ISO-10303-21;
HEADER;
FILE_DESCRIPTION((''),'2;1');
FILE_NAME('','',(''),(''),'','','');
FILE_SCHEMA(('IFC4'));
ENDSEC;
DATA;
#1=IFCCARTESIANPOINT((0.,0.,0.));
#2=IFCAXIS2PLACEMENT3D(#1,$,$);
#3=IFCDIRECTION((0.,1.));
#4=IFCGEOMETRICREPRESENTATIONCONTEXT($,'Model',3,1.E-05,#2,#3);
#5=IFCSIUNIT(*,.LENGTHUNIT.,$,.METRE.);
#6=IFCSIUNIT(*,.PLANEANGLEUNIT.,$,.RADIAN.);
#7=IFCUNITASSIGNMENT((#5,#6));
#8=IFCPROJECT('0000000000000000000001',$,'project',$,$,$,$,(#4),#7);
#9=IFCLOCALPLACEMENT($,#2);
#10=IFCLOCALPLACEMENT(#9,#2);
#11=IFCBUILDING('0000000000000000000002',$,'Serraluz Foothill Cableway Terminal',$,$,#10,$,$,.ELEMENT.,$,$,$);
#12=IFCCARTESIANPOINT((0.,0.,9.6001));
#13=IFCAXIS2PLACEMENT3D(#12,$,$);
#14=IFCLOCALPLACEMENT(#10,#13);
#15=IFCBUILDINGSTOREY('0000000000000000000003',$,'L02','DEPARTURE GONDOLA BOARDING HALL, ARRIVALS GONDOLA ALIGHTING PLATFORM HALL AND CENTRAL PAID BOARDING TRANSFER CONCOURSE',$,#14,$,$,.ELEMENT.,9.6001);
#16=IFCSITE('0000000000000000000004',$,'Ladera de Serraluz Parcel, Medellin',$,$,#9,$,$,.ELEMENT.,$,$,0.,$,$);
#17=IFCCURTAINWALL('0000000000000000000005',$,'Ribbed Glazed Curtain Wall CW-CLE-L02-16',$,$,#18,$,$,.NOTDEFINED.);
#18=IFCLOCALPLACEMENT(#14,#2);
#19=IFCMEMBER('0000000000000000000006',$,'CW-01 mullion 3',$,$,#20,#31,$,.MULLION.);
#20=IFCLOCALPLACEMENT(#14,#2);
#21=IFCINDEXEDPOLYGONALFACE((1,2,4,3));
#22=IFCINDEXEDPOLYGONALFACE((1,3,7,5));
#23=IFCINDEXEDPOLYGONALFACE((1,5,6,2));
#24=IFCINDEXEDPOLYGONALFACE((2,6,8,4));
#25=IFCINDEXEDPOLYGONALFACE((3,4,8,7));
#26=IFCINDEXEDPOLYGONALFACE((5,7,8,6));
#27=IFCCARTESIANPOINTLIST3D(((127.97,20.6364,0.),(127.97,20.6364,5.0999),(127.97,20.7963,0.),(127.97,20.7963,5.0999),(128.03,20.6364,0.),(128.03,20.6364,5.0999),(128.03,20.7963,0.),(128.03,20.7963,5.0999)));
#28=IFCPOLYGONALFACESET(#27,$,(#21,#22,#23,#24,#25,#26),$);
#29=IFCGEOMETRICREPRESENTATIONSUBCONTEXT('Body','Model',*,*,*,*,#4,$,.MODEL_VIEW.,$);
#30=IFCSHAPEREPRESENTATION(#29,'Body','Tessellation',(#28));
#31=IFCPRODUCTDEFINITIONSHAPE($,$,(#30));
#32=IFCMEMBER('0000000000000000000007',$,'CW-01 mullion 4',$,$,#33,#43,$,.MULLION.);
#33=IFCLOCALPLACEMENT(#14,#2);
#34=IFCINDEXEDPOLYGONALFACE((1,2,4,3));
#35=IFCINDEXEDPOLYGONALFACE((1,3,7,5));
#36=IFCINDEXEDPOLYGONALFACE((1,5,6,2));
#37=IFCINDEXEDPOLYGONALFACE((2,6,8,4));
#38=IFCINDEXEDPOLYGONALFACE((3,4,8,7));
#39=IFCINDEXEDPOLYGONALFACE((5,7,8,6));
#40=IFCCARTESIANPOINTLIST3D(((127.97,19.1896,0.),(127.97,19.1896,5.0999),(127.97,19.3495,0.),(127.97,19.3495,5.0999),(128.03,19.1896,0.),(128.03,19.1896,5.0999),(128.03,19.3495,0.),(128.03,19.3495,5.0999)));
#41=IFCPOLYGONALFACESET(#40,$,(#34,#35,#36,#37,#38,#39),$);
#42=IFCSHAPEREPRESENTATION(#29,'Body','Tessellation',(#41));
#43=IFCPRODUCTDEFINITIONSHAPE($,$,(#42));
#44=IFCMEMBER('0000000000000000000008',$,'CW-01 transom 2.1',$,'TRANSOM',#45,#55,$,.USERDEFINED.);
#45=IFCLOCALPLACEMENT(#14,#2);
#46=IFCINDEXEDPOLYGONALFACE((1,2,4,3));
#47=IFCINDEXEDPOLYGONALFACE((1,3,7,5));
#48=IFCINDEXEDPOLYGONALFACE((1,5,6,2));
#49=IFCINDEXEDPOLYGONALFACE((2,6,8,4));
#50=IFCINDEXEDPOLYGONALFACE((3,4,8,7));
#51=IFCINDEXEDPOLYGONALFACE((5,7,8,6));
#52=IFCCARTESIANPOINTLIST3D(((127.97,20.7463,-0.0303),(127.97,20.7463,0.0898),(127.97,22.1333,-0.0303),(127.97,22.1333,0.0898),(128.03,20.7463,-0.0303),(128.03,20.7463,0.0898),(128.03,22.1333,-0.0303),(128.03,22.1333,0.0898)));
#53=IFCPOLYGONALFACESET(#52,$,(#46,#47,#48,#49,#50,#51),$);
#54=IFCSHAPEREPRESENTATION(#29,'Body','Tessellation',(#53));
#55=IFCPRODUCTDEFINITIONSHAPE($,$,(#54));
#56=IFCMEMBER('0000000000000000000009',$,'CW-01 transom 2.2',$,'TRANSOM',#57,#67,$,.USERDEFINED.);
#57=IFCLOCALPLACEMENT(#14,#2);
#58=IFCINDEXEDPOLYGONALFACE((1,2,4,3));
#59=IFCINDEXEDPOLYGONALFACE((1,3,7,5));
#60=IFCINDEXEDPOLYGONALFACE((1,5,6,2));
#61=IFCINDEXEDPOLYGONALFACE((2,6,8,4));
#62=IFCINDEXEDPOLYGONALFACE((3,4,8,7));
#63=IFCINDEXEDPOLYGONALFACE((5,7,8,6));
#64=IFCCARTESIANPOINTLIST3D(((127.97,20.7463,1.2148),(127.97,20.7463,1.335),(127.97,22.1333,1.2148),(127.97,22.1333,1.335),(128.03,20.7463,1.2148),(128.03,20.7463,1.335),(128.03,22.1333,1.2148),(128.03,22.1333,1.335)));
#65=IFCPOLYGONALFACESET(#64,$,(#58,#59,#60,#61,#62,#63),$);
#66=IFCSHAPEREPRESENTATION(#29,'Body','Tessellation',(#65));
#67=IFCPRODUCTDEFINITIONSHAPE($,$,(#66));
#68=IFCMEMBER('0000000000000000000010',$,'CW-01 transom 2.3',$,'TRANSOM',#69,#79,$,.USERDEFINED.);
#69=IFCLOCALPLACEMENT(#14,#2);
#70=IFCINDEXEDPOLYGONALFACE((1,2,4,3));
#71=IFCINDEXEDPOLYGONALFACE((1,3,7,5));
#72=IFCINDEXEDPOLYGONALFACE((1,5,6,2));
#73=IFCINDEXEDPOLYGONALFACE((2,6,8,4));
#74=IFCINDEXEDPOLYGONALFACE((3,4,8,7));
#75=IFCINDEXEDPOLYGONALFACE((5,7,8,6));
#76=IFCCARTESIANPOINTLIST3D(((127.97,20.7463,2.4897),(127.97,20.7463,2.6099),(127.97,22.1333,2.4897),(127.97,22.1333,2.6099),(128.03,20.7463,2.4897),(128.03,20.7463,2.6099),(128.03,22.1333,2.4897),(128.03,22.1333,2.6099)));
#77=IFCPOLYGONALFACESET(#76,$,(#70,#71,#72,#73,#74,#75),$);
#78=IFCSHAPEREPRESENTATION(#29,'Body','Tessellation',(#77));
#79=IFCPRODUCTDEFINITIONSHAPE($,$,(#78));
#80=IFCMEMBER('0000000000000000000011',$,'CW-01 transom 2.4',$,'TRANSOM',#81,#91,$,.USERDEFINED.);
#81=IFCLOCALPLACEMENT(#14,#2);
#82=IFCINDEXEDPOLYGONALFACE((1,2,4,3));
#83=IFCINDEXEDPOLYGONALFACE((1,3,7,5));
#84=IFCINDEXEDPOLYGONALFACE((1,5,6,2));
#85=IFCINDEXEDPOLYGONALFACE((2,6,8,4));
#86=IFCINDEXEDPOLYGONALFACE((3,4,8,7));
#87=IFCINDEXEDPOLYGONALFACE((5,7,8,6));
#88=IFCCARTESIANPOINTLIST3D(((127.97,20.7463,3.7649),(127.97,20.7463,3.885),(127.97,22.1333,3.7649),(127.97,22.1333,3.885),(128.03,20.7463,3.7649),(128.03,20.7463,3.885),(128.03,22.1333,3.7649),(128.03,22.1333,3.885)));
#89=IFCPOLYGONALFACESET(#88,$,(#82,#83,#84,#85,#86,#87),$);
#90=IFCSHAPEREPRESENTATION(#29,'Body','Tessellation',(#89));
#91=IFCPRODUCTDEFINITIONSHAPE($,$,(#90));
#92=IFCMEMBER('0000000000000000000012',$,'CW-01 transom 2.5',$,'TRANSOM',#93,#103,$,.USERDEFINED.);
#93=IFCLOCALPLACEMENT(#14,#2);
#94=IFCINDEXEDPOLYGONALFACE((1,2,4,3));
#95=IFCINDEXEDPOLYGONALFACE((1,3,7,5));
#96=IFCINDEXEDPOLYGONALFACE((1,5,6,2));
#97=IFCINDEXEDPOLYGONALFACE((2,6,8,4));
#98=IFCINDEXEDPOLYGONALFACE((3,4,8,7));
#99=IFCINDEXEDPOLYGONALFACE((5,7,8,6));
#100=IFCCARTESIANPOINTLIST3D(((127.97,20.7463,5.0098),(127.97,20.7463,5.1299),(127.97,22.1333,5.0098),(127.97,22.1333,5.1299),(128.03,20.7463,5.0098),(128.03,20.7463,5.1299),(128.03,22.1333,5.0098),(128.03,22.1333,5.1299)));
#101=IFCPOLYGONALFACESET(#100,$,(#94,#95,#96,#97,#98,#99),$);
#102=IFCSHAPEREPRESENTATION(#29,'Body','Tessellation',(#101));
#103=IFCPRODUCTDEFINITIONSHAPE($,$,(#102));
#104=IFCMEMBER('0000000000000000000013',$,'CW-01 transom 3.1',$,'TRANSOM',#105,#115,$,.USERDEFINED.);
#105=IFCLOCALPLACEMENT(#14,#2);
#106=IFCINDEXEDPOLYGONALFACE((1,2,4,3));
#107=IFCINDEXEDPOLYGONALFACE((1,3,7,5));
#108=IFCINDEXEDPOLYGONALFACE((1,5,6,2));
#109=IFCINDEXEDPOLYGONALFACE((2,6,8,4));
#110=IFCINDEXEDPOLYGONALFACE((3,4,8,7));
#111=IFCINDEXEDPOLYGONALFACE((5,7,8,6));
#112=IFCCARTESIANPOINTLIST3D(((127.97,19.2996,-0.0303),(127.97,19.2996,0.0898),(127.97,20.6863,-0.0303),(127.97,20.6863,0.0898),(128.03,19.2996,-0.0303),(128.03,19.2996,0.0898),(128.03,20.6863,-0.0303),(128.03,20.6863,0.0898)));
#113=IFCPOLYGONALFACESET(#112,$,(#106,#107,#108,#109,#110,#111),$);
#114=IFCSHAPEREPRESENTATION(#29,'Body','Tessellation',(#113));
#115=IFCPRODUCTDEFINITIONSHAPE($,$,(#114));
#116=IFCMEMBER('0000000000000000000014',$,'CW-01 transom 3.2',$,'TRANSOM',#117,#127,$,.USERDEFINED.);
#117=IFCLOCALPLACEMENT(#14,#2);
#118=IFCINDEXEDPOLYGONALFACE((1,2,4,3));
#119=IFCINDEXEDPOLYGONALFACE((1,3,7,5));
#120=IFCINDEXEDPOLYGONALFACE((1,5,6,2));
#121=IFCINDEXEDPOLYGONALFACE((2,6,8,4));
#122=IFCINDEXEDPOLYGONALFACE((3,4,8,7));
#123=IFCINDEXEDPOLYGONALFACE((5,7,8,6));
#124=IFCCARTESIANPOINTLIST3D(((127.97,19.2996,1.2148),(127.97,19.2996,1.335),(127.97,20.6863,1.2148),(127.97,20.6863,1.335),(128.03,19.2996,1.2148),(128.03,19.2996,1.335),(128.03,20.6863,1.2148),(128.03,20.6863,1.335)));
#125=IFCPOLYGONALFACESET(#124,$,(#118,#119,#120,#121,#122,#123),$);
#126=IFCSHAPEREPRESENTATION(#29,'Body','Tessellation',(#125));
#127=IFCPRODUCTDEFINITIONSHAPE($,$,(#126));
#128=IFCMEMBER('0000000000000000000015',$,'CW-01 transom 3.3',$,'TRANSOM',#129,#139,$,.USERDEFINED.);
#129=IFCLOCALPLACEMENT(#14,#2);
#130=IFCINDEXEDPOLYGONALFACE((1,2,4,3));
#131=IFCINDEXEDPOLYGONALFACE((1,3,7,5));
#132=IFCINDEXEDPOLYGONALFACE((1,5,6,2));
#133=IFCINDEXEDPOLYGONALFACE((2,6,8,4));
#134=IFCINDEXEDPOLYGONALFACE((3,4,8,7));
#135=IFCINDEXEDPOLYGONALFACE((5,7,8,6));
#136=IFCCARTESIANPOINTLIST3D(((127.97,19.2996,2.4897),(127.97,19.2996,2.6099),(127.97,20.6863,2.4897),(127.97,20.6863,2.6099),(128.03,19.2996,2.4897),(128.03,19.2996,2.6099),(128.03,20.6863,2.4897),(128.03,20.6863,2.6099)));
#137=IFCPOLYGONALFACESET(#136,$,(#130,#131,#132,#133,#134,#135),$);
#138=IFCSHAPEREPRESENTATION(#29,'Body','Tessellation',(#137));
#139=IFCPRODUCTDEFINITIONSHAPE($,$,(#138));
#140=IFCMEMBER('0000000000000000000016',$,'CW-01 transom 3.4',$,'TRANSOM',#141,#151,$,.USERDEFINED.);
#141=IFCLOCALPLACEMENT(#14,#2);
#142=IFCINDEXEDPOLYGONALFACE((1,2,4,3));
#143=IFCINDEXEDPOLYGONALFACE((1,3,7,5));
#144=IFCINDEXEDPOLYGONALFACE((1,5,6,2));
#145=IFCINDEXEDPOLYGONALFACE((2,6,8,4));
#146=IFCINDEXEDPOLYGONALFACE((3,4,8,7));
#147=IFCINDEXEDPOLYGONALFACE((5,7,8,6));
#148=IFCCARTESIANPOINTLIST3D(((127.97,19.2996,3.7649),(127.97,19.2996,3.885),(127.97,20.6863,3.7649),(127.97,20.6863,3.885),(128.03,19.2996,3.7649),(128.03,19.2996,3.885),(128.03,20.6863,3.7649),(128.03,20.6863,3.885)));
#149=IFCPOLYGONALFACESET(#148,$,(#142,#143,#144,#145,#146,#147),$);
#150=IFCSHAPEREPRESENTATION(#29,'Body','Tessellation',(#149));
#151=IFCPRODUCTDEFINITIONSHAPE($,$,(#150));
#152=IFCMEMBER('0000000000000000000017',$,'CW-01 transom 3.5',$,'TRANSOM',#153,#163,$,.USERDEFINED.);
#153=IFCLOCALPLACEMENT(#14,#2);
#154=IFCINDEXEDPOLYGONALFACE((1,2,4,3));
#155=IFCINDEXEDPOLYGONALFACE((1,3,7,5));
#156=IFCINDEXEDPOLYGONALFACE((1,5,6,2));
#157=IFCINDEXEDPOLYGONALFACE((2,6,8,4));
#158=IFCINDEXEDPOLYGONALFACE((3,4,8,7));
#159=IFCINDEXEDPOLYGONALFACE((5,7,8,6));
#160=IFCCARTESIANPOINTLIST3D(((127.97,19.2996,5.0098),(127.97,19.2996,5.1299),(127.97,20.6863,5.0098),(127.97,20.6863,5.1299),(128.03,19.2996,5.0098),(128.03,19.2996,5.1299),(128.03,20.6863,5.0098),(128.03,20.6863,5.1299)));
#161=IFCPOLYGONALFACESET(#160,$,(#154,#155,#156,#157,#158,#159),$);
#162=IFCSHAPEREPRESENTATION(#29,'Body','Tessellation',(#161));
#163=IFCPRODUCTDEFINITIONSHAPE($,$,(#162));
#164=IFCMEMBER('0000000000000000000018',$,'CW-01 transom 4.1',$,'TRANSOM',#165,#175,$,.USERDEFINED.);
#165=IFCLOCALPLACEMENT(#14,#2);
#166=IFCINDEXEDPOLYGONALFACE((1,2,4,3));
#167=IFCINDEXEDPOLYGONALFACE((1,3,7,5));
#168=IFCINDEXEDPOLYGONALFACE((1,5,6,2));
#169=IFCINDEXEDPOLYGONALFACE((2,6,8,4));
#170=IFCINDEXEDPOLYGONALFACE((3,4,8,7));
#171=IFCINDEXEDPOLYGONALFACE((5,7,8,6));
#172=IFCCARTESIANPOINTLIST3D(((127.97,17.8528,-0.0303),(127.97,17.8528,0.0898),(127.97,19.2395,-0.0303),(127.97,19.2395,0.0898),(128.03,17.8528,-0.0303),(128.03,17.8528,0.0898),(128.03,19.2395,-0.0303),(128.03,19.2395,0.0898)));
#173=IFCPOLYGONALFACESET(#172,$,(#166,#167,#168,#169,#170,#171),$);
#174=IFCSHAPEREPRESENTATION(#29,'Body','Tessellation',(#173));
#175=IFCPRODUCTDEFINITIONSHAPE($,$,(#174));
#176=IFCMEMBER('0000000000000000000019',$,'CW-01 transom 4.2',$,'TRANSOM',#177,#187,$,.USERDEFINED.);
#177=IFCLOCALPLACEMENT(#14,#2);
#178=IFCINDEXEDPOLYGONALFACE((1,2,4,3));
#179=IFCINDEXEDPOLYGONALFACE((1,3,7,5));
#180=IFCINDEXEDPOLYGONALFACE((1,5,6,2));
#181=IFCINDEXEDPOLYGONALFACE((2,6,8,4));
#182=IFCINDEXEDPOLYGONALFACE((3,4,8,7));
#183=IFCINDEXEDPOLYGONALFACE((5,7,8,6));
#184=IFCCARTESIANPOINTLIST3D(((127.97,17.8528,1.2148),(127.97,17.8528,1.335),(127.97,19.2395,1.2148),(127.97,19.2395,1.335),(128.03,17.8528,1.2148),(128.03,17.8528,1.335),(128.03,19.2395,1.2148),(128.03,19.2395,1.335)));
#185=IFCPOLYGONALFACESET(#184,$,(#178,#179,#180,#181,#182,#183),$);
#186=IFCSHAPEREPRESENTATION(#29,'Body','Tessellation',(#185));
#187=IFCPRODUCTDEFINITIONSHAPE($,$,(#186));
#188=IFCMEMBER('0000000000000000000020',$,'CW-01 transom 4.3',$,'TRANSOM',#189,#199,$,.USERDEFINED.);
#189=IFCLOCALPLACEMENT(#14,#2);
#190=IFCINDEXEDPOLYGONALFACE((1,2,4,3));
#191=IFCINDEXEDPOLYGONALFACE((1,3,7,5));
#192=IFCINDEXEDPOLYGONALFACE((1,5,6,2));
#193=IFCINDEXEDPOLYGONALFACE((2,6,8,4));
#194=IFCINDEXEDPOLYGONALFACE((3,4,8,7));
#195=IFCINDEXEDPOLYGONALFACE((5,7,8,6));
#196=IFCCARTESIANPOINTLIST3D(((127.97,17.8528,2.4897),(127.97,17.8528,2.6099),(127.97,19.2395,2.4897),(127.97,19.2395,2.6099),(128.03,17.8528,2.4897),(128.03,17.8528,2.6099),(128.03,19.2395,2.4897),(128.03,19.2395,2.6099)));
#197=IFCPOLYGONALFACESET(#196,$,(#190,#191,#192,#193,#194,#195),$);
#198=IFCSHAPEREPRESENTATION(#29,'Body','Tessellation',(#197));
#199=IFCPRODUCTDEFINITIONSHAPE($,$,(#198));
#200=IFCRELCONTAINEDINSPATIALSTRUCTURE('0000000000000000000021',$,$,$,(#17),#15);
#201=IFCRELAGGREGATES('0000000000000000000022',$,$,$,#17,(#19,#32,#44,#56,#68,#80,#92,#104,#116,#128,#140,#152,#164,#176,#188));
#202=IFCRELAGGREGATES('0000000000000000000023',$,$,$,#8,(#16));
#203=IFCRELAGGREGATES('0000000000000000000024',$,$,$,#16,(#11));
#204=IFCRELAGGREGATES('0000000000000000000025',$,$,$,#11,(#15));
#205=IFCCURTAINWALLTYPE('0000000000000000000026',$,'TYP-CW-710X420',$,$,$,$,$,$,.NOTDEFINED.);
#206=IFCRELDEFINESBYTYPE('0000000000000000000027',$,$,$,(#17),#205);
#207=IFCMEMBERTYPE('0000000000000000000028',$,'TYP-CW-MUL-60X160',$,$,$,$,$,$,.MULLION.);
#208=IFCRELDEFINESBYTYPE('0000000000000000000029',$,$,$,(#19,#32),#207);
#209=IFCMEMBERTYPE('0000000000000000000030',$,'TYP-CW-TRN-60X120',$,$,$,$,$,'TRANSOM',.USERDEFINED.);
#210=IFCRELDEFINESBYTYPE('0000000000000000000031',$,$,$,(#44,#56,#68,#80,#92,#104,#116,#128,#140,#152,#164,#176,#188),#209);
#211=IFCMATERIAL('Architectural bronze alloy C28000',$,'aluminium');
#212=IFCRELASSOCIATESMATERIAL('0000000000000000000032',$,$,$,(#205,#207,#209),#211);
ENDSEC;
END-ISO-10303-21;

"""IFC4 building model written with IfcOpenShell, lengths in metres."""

from ifc_helpers import new_model, si_unit, direction, frame, origin, origin_2d, place, context, subcontext, project, spatial, rectangle, extrude, material, material_profile, profile_set, type_object, element, aggregate, save


model = new_model("IFC4")

# Units and contexts
model_context = context("Model", 3, precision=1e-05, world=origin(), true_north=direction((0.0, 1.0)))
body_context = subcontext(model_context, "Body", "Model", "MODEL_VIEW")
ifc_project = project(units=[si_unit("LENGTHUNIT", "METRE"), si_unit("PLANEANGLEUNIT", "RADIAN")], contexts=[model_context])

# Site, building, storey
site_placement = place(None, origin())
site = spatial("IfcSite", under=ifc_project, at=site_placement, Name="Ladera de Serraluz Parcel, Medellin", CompositionType="ELEMENT", RefElevation=0.0)
building_placement = place(site_placement, origin())
building = spatial("IfcBuilding", under=site, at=building_placement, Name="Serraluz Foothill Cableway Terminal", CompositionType="ELEMENT")
storey_placement = place(building_placement, frame((0.0, 0.0, 9.6001)))
storey = spatial("IfcBuildingStorey", under=building, at=storey_placement, Name="L02", Description="DEPARTURE GONDOLA BOARDING HALL, ARRIVALS GONDOLA ALIGHTING PLATFORM HALL AND CENTRAL PAID BOARDING TRANSFER CONCOURSE", CompositionType="ELEMENT", Elevation=9.6001)

# Curtain wall, members
ifc_material_1 = material(Name="Architectural bronze alloy C28000", Category="aluminium")
curtain_wall_type = type_object("IfcCurtainWallType", Name="TYP-CW-710X420", PredefinedType="NOTDEFINED", material=ifc_material_1)
curtain_wall_placement = place(storey_placement, origin())
curtain_wall = element("IfcCurtainWall", 1, at=curtain_wall_placement, inside=storey, type_object=curtain_wall_type, Name="Ribbed Glazed Curtain Wall CW-CLE-L02-16", PredefinedType="NOTDEFINED")
ifc_material_profile_1 = material_profile(ifc_material_1, rectangle(XDim=0.0601, YDim=0.1599, at=origin_2d()), Name="ALU MULLION 60x160")
ifc_profile_set_1 = profile_set([ifc_material_profile_1], Name="Architectural bronze alloy C28000")
member_type_1 = type_object("IfcMemberType", Name="TYP-CW-MUL-60X160", PredefinedType="MULLION", material=ifc_profile_set_1)
member_1_placement = place(storey_placement, frame((128.0, 20.7163, 0.0), z_axis=(0.0, 0.0, 1.0), x_axis=(1.0, 0.0, 0.0)))
member_1 = element("IfcMember", 2, at=member_1_placement, type_object=member_type_1, Name="CW-01 mullion 3", PredefinedType="MULLION", context=body_context, shape_type="SweptSolid", body=[
    extrude(rectangle(XDim=0.0601, YDim=0.1599, at=origin_2d()), origin(), (0.0, 0.0, 1.0), 5.0999),
])
member_2_placement = place(storey_placement, frame((128.0, 19.2695, 0.0), z_axis=(0.0, 0.0, 1.0), x_axis=(1.0, 0.0, 0.0)))
member_2 = element("IfcMember", 3, at=member_2_placement, type_object=member_type_1, Name="CW-01 mullion 4", PredefinedType="MULLION", context=body_context, shape_type="SweptSolid", body=[
    extrude(rectangle(XDim=0.0601, YDim=0.1599, at=origin_2d()), origin(), (0.0, 0.0, 1.0), 5.0999),
])
ifc_material_profile_2 = material_profile(ifc_material_1, rectangle(XDim=0.0601, YDim=0.1201, at=origin_2d()), Name="ALU TRANSOM 60x120")
ifc_profile_set_2 = profile_set([ifc_material_profile_2], Name="Architectural bronze alloy C28000")
member_type_2 = type_object("IfcMemberType", Name="TYP-CW-TRN-60X120", ElementType="TRANSOM", PredefinedType="USERDEFINED", material=ifc_profile_set_2)
member_3_placement = place(storey_placement, frame((128.0, 22.1333, 0.0298), z_axis=(0.0, -1.0, 0.0), x_axis=(1.0, 0.0, 0.0)))
member_3 = element("IfcMember", 4, at=member_3_placement, type_object=member_type_2, Name="CW-01 transom 2.1", ObjectType="TRANSOM", PredefinedType="USERDEFINED", context=body_context, shape_type="SweptSolid", body=[
    extrude(rectangle(XDim=0.0601, YDim=0.1201, at=origin_2d()), origin(), (0.0, 0.0, 1.0), 1.387),
])
member_4_placement = place(storey_placement, frame((128.0, 22.1333, 1.2749), z_axis=(0.0, -1.0, 0.0), x_axis=(1.0, 0.0, 0.0)))
member_4 = element("IfcMember", 5, at=member_4_placement, type_object=member_type_2, Name="CW-01 transom 2.2", ObjectType="TRANSOM", PredefinedType="USERDEFINED", context=body_context, shape_type="SweptSolid", body=[
    extrude(rectangle(XDim=0.0601, YDim=0.1201, at=origin_2d()), origin(), (0.0, 0.0, 1.0), 1.387),
])
member_5_placement = place(storey_placement, frame((128.0, 22.1333, 2.5498), z_axis=(0.0, -1.0, 0.0), x_axis=(1.0, 0.0, 0.0)))
member_5 = element("IfcMember", 6, at=member_5_placement, type_object=member_type_2, Name="CW-01 transom 2.3", ObjectType="TRANSOM", PredefinedType="USERDEFINED", context=body_context, shape_type="SweptSolid", body=[
    extrude(rectangle(XDim=0.0601, YDim=0.1201, at=origin_2d()), origin(), (0.0, 0.0, 1.0), 1.387),
])
member_6_placement = place(storey_placement, frame((128.0, 22.1333, 3.825), z_axis=(0.0, -1.0, 0.0), x_axis=(1.0, 0.0, 0.0)))
member_6 = element("IfcMember", 7, at=member_6_placement, type_object=member_type_2, Name="CW-01 transom 2.4", ObjectType="TRANSOM", PredefinedType="USERDEFINED", context=body_context, shape_type="SweptSolid", body=[
    extrude(rectangle(XDim=0.0601, YDim=0.1201, at=origin_2d()), origin(), (0.0, 0.0, 1.0), 1.387),
])
member_7_placement = place(storey_placement, frame((128.0, 22.1333, 5.0698), z_axis=(0.0, -1.0, 0.0), x_axis=(1.0, 0.0, 0.0)))
member_7 = element("IfcMember", 8, at=member_7_placement, type_object=member_type_2, Name="CW-01 transom 2.5", ObjectType="TRANSOM", PredefinedType="USERDEFINED", context=body_context, shape_type="SweptSolid", body=[
    extrude(rectangle(XDim=0.0601, YDim=0.1201, at=origin_2d()), origin(), (0.0, 0.0, 1.0), 1.387),
])
member_8_placement = place(storey_placement, frame((128.0, 20.6863, 0.0298), z_axis=(0.0, -1.0, 0.0), x_axis=(1.0, 0.0, 0.0)))
member_8 = element("IfcMember", 9, at=member_8_placement, type_object=member_type_2, Name="CW-01 transom 3.1", ObjectType="TRANSOM", PredefinedType="USERDEFINED", context=body_context, shape_type="SweptSolid", body=[
    extrude(rectangle(XDim=0.0601, YDim=0.1201, at=origin_2d()), origin(), (0.0, 0.0, 1.0), 1.3867),
])
member_9_placement = place(storey_placement, frame((128.0, 20.6863, 1.2749), z_axis=(0.0, -1.0, 0.0), x_axis=(1.0, 0.0, 0.0)))
member_9 = element("IfcMember", 10, at=member_9_placement, type_object=member_type_2, Name="CW-01 transom 3.2", ObjectType="TRANSOM", PredefinedType="USERDEFINED", context=body_context, shape_type="SweptSolid", body=[
    extrude(rectangle(XDim=0.0601, YDim=0.1201, at=origin_2d()), origin(), (0.0, 0.0, 1.0), 1.3867),
])
member_10_placement = place(storey_placement, frame((128.0, 20.6863, 2.5498), z_axis=(0.0, -1.0, 0.0), x_axis=(1.0, 0.0, 0.0)))
member_10 = element("IfcMember", 11, at=member_10_placement, type_object=member_type_2, Name="CW-01 transom 3.3", ObjectType="TRANSOM", PredefinedType="USERDEFINED", context=body_context, shape_type="SweptSolid", body=[
    extrude(rectangle(XDim=0.0601, YDim=0.1201, at=origin_2d()), origin(), (0.0, 0.0, 1.0), 1.3867),
])
member_11_placement = place(storey_placement, frame((128.0, 20.6863, 3.825), z_axis=(0.0, -1.0, 0.0), x_axis=(1.0, 0.0, 0.0)))
member_11 = element("IfcMember", 12, at=member_11_placement, type_object=member_type_2, Name="CW-01 transom 3.4", ObjectType="TRANSOM", PredefinedType="USERDEFINED", context=body_context, shape_type="SweptSolid", body=[
    extrude(rectangle(XDim=0.0601, YDim=0.1201, at=origin_2d()), origin(), (0.0, 0.0, 1.0), 1.3867),
])
member_12_placement = place(storey_placement, frame((128.0, 20.6863, 5.0698), z_axis=(0.0, -1.0, 0.0), x_axis=(1.0, 0.0, 0.0)))
member_12 = element("IfcMember", 13, at=member_12_placement, type_object=member_type_2, Name="CW-01 transom 3.5", ObjectType="TRANSOM", PredefinedType="USERDEFINED", context=body_context, shape_type="SweptSolid", body=[
    extrude(rectangle(XDim=0.0601, YDim=0.1201, at=origin_2d()), origin(), (0.0, 0.0, 1.0), 1.3867),
])
member_13_placement = place(storey_placement, frame((128.0, 19.2395, 0.0298), z_axis=(0.0, -1.0, 0.0), x_axis=(1.0, 0.0, 0.0)))
member_13 = element("IfcMember", 14, at=member_13_placement, type_object=member_type_2, Name="CW-01 transom 4.1", ObjectType="TRANSOM", PredefinedType="USERDEFINED", context=body_context, shape_type="SweptSolid", body=[
    extrude(rectangle(XDim=0.0601, YDim=0.1201, at=origin_2d()), origin(), (0.0, 0.0, 1.0), 1.3867),
])
member_14_placement = place(storey_placement, frame((128.0, 19.2395, 1.2749), z_axis=(0.0, -1.0, 0.0), x_axis=(1.0, 0.0, 0.0)))
member_14 = element("IfcMember", 15, at=member_14_placement, type_object=member_type_2, Name="CW-01 transom 4.2", ObjectType="TRANSOM", PredefinedType="USERDEFINED", context=body_context, shape_type="SweptSolid", body=[
    extrude(rectangle(XDim=0.0601, YDim=0.1201, at=origin_2d()), origin(), (0.0, 0.0, 1.0), 1.3867),
])
member_15_placement = place(storey_placement, frame((128.0, 19.2395, 2.5498), z_axis=(0.0, -1.0, 0.0), x_axis=(1.0, 0.0, 0.0)))
member_15 = element("IfcMember", 16, at=member_15_placement, type_object=member_type_2, Name="CW-01 transom 4.3", ObjectType="TRANSOM", PredefinedType="USERDEFINED", context=body_context, shape_type="SweptSolid", body=[
    extrude(rectangle(XDim=0.0601, YDim=0.1201, at=origin_2d()), origin(), (0.0, 0.0, 1.0), 1.3867),
])
aggregate(curtain_wall, [member_1, member_2, member_3, member_4, member_5, member_6, member_7, member_8, member_9, member_10, member_11, member_12, member_13, member_14, member_15])

save(model, "model.ifc")
